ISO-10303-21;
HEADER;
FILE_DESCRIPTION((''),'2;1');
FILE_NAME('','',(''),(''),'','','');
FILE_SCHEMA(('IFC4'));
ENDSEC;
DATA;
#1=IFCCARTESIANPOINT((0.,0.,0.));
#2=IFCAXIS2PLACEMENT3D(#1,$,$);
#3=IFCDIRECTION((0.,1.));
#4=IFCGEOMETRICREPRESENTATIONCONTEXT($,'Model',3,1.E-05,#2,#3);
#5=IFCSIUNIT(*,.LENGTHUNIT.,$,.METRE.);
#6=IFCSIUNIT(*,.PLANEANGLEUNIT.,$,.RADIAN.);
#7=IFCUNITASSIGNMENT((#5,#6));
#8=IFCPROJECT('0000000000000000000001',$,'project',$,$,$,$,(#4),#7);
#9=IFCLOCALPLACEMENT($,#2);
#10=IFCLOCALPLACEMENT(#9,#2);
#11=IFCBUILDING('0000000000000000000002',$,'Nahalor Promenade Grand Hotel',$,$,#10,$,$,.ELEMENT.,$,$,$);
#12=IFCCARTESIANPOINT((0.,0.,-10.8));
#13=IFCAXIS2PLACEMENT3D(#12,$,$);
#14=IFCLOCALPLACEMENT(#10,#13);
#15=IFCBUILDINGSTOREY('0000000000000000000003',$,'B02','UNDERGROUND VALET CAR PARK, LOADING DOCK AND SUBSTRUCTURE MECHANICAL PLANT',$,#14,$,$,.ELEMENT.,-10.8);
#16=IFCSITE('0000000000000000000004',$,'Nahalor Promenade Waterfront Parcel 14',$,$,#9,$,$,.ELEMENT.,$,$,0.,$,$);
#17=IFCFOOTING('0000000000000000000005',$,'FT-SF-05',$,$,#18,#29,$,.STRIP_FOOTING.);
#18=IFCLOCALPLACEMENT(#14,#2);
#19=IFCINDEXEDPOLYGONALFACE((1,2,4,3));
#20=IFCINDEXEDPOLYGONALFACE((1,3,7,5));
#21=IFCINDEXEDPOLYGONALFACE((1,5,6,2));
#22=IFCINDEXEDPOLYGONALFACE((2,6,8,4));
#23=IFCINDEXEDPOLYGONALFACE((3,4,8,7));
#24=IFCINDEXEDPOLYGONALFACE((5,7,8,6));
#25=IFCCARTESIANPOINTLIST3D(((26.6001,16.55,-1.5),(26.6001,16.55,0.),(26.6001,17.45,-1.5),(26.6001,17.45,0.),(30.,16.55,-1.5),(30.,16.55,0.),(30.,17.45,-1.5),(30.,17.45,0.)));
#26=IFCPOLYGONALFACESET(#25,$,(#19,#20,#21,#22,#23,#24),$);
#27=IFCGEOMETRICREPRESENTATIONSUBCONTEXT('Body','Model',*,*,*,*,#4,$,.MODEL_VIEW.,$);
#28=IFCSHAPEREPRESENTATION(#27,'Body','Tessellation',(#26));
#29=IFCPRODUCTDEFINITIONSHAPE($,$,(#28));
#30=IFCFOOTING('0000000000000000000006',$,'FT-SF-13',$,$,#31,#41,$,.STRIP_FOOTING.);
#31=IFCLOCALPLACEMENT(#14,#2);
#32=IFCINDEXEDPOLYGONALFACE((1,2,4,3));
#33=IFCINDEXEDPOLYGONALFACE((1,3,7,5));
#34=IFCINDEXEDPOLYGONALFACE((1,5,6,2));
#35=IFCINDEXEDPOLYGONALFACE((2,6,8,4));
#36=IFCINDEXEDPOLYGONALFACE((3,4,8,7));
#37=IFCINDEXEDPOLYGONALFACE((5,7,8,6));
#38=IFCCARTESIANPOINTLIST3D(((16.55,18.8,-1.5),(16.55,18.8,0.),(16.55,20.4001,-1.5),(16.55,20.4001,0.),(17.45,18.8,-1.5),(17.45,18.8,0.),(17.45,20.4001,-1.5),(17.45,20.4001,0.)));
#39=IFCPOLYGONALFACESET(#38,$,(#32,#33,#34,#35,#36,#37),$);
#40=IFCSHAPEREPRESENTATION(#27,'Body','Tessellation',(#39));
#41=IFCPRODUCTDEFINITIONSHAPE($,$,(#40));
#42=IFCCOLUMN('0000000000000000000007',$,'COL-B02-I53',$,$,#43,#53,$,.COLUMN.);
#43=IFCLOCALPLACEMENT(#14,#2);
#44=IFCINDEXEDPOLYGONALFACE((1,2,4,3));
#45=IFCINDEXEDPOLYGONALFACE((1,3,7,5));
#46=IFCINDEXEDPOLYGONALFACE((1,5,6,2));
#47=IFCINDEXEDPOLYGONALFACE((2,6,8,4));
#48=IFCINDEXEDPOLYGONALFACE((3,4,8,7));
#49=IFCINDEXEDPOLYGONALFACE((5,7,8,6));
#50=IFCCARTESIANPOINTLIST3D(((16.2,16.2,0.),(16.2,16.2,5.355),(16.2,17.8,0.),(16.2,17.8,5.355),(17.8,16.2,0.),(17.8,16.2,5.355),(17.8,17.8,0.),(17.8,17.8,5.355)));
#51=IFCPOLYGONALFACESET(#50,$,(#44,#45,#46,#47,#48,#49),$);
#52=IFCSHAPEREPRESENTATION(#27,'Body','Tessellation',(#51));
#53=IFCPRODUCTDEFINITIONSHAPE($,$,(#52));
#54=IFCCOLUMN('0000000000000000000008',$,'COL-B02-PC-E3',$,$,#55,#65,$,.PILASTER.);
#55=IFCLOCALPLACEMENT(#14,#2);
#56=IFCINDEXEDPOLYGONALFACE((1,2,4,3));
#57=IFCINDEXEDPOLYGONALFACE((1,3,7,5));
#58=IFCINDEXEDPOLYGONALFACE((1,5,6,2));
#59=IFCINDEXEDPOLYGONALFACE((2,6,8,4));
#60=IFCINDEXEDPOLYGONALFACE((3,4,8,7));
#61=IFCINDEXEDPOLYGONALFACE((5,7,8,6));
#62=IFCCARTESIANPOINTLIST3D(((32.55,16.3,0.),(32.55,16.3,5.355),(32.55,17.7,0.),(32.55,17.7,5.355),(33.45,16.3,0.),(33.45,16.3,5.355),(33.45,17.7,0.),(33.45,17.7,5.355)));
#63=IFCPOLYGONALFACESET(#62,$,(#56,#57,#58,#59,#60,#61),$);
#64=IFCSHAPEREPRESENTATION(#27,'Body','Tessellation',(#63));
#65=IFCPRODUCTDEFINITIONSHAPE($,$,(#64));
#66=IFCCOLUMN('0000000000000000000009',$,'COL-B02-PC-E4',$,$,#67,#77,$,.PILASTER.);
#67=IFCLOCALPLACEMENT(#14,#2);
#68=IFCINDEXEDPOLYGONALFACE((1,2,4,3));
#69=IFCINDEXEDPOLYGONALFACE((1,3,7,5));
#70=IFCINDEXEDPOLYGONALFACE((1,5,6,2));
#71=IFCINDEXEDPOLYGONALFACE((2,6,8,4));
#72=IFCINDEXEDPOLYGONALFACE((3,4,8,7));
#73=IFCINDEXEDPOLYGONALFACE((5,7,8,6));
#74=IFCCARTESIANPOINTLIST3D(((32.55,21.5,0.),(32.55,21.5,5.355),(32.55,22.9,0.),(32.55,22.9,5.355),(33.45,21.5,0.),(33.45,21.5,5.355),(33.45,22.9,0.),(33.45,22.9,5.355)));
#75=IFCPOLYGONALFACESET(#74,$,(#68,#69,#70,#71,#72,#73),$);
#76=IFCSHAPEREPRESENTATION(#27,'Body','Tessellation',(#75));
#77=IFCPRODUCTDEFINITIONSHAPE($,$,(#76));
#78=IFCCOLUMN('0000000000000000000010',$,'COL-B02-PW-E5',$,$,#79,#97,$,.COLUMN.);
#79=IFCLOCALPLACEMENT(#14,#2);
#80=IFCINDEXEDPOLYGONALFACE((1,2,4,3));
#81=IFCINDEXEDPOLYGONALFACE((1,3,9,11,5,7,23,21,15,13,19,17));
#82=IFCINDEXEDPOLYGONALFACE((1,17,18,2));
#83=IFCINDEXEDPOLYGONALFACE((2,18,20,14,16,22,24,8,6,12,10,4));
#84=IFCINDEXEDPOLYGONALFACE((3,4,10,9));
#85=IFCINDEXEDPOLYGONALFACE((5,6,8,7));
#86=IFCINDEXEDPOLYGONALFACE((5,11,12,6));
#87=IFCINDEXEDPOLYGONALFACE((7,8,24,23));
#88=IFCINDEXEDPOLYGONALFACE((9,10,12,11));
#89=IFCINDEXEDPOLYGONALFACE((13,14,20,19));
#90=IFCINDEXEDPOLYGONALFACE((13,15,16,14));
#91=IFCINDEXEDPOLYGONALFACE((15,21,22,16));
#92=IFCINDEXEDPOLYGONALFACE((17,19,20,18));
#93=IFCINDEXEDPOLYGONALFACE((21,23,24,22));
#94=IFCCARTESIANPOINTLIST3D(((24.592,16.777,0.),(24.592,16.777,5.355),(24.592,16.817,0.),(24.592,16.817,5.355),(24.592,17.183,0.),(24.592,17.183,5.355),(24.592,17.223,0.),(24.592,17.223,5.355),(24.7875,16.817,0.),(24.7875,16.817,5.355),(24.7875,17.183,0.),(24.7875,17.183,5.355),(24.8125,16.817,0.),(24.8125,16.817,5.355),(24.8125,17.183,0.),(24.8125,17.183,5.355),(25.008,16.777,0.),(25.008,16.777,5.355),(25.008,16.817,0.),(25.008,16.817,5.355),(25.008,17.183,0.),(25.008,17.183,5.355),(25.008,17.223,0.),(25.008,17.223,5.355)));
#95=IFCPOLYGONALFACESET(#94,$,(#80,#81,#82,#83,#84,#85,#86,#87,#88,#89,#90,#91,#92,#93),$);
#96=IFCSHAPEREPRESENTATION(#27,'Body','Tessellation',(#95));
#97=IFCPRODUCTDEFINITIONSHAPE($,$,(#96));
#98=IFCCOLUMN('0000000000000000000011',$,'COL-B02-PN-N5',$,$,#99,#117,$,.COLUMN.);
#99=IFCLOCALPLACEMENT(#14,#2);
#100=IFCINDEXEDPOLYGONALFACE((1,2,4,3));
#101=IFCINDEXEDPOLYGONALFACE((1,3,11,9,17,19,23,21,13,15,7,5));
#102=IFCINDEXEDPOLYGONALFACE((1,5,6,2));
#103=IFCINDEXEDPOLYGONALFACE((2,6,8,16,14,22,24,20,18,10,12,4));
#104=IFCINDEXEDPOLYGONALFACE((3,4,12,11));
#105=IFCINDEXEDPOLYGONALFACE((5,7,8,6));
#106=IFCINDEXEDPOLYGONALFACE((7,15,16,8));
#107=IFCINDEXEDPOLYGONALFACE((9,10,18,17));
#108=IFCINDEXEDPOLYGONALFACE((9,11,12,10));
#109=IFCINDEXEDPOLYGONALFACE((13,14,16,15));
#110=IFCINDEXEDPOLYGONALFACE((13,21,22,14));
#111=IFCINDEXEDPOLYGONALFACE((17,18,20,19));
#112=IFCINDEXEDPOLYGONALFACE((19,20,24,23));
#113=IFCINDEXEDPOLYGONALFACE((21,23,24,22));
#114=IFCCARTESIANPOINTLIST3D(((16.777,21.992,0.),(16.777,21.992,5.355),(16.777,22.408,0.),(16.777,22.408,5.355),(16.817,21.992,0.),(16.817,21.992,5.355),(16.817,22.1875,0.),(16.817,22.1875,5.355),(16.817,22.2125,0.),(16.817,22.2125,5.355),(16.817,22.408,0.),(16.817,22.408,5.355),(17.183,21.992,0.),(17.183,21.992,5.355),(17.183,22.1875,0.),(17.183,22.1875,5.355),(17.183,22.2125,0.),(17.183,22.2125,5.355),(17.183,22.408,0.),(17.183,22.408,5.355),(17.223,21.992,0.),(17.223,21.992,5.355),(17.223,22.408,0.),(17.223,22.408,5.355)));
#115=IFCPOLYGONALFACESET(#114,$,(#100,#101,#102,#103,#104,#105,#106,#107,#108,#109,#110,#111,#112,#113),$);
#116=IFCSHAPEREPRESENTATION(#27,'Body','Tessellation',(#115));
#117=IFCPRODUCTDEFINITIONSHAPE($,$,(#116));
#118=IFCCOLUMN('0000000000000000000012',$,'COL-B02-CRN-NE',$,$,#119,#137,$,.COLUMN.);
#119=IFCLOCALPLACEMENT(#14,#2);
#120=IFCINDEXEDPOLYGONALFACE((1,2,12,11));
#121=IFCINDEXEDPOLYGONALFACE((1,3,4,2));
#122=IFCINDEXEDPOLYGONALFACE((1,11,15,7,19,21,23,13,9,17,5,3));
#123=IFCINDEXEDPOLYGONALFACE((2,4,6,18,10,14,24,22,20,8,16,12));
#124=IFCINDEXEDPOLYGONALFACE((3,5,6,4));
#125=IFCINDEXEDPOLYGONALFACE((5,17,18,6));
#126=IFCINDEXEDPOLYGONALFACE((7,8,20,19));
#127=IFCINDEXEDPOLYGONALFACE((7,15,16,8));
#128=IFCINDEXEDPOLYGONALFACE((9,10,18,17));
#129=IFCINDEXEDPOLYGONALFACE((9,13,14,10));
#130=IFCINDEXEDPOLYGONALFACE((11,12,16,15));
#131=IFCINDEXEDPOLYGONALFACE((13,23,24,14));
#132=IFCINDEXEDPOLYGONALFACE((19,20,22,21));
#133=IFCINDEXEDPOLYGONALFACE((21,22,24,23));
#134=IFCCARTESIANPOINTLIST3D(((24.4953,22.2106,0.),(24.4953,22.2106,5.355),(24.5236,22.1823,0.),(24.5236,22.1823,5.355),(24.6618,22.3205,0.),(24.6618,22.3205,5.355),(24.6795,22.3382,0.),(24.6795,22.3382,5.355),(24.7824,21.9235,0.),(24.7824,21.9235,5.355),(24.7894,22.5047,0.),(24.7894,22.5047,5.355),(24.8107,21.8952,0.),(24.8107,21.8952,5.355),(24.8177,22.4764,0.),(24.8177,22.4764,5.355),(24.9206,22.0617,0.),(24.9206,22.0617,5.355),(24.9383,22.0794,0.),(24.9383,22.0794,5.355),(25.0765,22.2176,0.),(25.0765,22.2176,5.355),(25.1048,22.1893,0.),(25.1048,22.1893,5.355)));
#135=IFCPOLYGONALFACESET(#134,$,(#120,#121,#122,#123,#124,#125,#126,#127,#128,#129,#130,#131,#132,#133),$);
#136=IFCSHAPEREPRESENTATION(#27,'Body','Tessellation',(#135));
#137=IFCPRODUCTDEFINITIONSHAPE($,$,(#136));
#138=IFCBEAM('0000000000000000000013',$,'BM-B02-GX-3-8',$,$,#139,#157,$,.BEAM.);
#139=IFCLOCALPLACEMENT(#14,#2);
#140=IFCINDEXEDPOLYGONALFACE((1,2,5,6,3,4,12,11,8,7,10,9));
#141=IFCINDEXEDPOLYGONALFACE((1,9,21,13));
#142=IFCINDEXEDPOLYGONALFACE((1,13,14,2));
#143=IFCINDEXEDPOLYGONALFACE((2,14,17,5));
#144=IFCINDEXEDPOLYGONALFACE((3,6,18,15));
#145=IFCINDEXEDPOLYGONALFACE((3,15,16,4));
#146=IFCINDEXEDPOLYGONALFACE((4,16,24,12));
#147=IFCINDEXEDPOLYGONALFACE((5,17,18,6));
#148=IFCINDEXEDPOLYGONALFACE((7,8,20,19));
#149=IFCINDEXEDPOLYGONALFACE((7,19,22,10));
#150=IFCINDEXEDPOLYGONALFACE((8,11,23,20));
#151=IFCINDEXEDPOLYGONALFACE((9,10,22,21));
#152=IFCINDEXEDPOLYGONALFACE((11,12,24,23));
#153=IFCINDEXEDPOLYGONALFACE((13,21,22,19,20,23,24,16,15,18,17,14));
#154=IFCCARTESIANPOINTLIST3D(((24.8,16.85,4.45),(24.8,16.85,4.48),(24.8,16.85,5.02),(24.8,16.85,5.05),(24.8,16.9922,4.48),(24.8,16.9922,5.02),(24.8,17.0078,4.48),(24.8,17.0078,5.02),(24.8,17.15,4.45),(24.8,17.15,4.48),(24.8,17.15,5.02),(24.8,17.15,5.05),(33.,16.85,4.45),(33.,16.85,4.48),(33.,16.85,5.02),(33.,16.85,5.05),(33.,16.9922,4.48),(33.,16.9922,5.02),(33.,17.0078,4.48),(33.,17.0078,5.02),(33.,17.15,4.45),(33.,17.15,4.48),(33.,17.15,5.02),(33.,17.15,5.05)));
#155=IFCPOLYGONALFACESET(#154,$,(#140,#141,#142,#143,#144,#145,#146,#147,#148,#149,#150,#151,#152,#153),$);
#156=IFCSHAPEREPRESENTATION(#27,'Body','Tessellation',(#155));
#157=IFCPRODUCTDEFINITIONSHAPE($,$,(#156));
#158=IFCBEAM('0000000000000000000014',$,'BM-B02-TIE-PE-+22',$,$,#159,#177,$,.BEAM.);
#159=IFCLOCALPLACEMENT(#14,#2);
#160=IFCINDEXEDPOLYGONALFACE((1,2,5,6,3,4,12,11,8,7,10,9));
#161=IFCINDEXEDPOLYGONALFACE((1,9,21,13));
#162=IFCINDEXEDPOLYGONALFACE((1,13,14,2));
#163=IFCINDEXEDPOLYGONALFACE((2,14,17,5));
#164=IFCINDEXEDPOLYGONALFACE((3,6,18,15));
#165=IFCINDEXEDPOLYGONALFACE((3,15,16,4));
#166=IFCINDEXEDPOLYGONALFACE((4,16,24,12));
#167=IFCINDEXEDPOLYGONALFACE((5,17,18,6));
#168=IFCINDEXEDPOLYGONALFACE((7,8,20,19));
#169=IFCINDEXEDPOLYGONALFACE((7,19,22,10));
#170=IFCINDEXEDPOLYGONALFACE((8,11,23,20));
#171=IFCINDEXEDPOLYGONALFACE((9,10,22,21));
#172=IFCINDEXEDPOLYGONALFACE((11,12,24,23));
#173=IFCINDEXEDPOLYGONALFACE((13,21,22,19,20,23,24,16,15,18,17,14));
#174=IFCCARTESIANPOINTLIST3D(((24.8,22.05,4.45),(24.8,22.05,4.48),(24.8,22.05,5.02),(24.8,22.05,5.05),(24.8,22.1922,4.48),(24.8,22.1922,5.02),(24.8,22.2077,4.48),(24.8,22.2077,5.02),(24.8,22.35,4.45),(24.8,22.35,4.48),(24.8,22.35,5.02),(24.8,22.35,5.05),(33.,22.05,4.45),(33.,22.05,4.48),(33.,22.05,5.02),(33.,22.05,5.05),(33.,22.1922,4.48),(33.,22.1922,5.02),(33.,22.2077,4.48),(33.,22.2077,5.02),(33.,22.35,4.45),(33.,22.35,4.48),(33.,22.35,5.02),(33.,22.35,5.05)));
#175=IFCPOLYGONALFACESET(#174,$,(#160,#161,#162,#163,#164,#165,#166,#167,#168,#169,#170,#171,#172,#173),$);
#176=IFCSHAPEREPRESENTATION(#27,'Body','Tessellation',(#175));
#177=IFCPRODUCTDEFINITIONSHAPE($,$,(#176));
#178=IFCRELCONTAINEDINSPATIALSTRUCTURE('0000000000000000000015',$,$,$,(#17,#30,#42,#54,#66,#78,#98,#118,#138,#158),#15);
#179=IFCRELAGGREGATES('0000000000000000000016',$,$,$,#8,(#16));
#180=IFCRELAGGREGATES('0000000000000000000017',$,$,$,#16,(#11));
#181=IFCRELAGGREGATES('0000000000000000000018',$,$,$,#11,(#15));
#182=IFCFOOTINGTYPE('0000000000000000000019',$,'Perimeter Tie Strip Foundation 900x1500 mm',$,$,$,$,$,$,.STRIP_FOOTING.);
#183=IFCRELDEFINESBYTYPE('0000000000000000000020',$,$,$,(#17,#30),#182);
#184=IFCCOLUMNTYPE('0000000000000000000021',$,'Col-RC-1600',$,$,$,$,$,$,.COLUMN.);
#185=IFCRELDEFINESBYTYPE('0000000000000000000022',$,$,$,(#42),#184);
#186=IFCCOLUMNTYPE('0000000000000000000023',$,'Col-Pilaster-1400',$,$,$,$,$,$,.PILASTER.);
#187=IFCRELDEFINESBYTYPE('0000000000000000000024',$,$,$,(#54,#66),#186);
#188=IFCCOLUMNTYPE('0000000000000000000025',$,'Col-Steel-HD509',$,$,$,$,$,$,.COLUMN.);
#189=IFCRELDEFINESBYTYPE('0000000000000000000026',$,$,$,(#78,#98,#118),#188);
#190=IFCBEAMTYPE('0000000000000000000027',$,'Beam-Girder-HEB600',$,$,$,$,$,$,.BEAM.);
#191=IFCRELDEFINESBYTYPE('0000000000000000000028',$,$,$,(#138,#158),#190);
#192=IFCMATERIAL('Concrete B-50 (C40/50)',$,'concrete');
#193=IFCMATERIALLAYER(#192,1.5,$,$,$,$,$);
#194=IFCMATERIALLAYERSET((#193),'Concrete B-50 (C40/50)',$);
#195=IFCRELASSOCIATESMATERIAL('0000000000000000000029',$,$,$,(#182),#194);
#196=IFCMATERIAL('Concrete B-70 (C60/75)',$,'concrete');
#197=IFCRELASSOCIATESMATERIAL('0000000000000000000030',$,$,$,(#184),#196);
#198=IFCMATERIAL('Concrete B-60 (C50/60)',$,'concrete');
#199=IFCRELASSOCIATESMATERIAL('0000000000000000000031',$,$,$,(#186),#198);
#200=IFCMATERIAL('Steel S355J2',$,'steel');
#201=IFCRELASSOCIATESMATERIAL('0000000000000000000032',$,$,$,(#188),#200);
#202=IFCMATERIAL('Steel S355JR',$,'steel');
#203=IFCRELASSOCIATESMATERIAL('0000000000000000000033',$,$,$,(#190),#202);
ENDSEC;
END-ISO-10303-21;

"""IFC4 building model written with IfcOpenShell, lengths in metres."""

from ifc_helpers import new_model, si_unit, direction, frame, origin, origin_2d, place, context, subcontext, project, spatial, rectangle, i_section, extrude, source, transform, mapped, material, layer, layer_set, material_profile, profile_set, type_object, element, save


model = new_model("IFC4")

# Units and contexts
model_context = context("Model", 3, precision=1e-05, world=origin(), true_north=direction((0.0, 1.0)))
body_context = subcontext(model_context, "Body", "Model", "MODEL_VIEW")
ifc_project = project(units=[si_unit("LENGTHUNIT", "METRE"), si_unit("PLANEANGLEUNIT", "RADIAN")], contexts=[model_context])

# Site, building, storey
site_placement = place(None, origin())
site = spatial("IfcSite", under=ifc_project, at=site_placement, Name="Nahalor Promenade Waterfront Parcel 14", CompositionType="ELEMENT", RefElevation=0.0)
building_placement = place(site_placement, origin())
building = spatial("IfcBuilding", under=site, at=building_placement, Name="Nahalor Promenade Grand Hotel", CompositionType="ELEMENT")
storey_placement = place(building_placement, frame((0.0, 0.0, -10.8)))
storey = spatial("IfcBuildingStorey", under=building, at=storey_placement, Name="B02", Description="UNDERGROUND VALET CAR PARK, LOADING DOCK AND SUBSTRUCTURE MECHANICAL PLANT", CompositionType="ELEMENT", Elevation=-10.8)

# Shared definitions
ifc_material_1 = material(Name="Concrete B-50 (C40/50)", Category="concrete")

# Footings
ifc_layer_1 = layer(ifc_material_1, 1.5)
ifc_layer_set_1 = layer_set([ifc_layer_1], Name="Concrete B-50 (C40/50)")
footing_type_1 = type_object("IfcFootingType", Name="Perimeter Tie Strip Foundation 900x1500 mm", PredefinedType="STRIP_FOOTING", material=ifc_layer_set_1)
shared_shape_1 = source(origin(), body_context, "Body", "SweptSolid", [
    extrude(rectangle(XDim=3.3999, YDim=0.8999, at=origin_2d()), origin(), (0.0, 0.0, 1.0), 1.5),
])
footing_1_placement = place(storey_placement, frame((28.3, 17.0, -1.5), z_axis=(0.0, 0.0, 1.0), x_axis=(1.0, 0.0, 0.0)))
element("IfcFooting", 1, at=footing_1_placement, inside=storey, type_object=footing_type_1, Name="FT-SF-05", PredefinedType="STRIP_FOOTING", context=body_context, shape_type="MappedRepresentation", body=[
    mapped(shared_shape_1, transform((0.0, 0.0, 0.0), scale=1.0)),
])
shared_shape_2 = source(origin(), body_context, "Body", "SweptSolid", [
    extrude(rectangle(XDim=0.8999, YDim=1.6001, at=origin_2d()), origin(), (0.0, 0.0, 1.0), 1.5),
])
footing_2_placement = place(storey_placement, frame((17.0, 19.6001, -1.5), z_axis=(0.0, 0.0, 1.0), x_axis=(1.0, 0.0, 0.0)))
element("IfcFooting", 2, at=footing_2_placement, inside=storey, type_object=footing_type_1, Name="FT-SF-13", PredefinedType="STRIP_FOOTING", context=body_context, shape_type="MappedRepresentation", body=[
    mapped(shared_shape_2, transform((0.0, 0.0, 0.0), scale=1.0)),
])

# Columns
ifc_material_2 = material(Name="Concrete B-70 (C60/75)", Category="concrete")
ifc_material_profile_1 = material_profile(ifc_material_2, rectangle(XDim=1.6, YDim=1.6, at=origin_2d()), Name="RC 1600x1600")
ifc_profile_set_1 = profile_set([ifc_material_profile_1], Name="Concrete B-70 (C60/75)")
column_type_1 = type_object("IfcColumnType", Name="Col-RC-1600", PredefinedType="COLUMN", material=ifc_profile_set_1)
shared_shape_3 = source(origin(), body_context, "Body", "SweptSolid", [
    extrude(rectangle(XDim=1.6, YDim=1.6, at=origin_2d()), origin(), (0.0, 0.0, 1.0), 5.355),
])
column_placement = place(storey_placement, frame((17.0, 17.0, 0.0), z_axis=(0.0, 0.0, 1.0), x_axis=(1.0, 0.0, 0.0)))
element("IfcColumn", 3, at=column_placement, inside=storey, type_object=column_type_1, Name="COL-B02-I53", PredefinedType="COLUMN", context=body_context, shape_type="MappedRepresentation", body=[
    mapped(shared_shape_3, transform((0.0, 0.0, 0.0), scale=1.0)),
])
ifc_material_3 = material(Name="Concrete B-60 (C50/60)", Category="concrete")
ifc_material_profile_2 = material_profile(ifc_material_3, rectangle(XDim=0.9, YDim=1.4, at=origin_2d()), Name="RC 900x1400")
ifc_profile_set_2 = profile_set([ifc_material_profile_2], Name="Concrete B-60 (C50/60)")
column_type_2 = type_object("IfcColumnType", Name="Col-Pilaster-1400", PredefinedType="PILASTER", material=ifc_profile_set_2)
shared_shape_4 = source(origin(), body_context, "Body", "SweptSolid", [
    extrude(rectangle(XDim=0.9, YDim=1.4, at=origin_2d()), origin(), (0.0, 0.0, 1.0), 5.355),
])
for number, where, z_axis, x_axis, name in (
    (4, (33.0, 17.0, 0.0), (0.0, 0.0, 1.0), (1.0, 0.0, 0.0), "COL-B02-PC-E3"),
    (5, (33.0, 22.2, 0.0), (0.0, 0.0, 1.0), (1.0, 0.0, 0.0), "COL-B02-PC-E4"),
):
    element("IfcColumn", number, at=place(storey_placement, frame(where, z_axis=z_axis, x_axis=x_axis)), inside=storey, type_object=column_type_2, Name=name, PredefinedType="PILASTER", context=body_context, shape_type="MappedRepresentation", body=[
        mapped(shared_shape_4, transform((0.0, 0.0, 0.0), scale=1.0)),
    ])
ifc_material_4 = material(Name="Steel S355J2", Category="steel")
ifc_material_profile_3 = material_profile(ifc_material_4, i_section(OverallWidth=0.416, OverallDepth=0.446, WebThickness=0.025, FlangeThickness=0.04, at=origin_2d()), Name="HD 400x509")
ifc_profile_set_3 = profile_set([ifc_material_profile_3], Name="Steel S355J2")
column_type_3 = type_object("IfcColumnType", Name="Col-Steel-HD509", PredefinedType="COLUMN", material=ifc_profile_set_3)
shared_shape_5 = source(origin(), body_context, "Body", "SweptSolid", [
    extrude(i_section(OverallWidth=0.416, OverallDepth=0.446, WebThickness=0.025, FlangeThickness=0.04, at=origin_2d()), origin(), (0.0, 0.0, 1.0), 5.355),
])
for number, where, z_axis, x_axis, name in (
    (6, (24.8, 17.0, 0.0), (0.0, 0.0, 1.0), (1.0, 0.0, 0.0), "COL-B02-PW-E5"),
    (7, (17.0, 22.2, 0.0), (0.0, 0.0, 1.0), (0.0, 1.0, 0.0), "COL-B02-PN-N5"),
    (8, (24.8, 22.2, 0.0), (0.0, 0.0, 1.0), (0.707107, 0.707107, 0.0), "COL-B02-CRN-NE"),
):
    element("IfcColumn", number, at=place(storey_placement, frame(where, z_axis=z_axis, x_axis=x_axis)), inside=storey, type_object=column_type_3, Name=name, PredefinedType="COLUMN", context=body_context, shape_type="MappedRepresentation", body=[
        mapped(shared_shape_5, transform((0.0, 0.0, 0.0), scale=1.0)),
    ])

# Beams
ifc_material_5 = material(Name="Steel S355JR", Category="steel")
ifc_material_profile_4 = material_profile(ifc_material_5, i_section(OverallWidth=0.3, OverallDepth=0.6, WebThickness=0.0155, FlangeThickness=0.03, at=origin_2d()), Name="HEB 600")
ifc_profile_set_4 = profile_set([ifc_material_profile_4], Name="Steel S355JR")
beam_type_1 = type_object("IfcBeamType", Name="Beam-Girder-HEB600", PredefinedType="BEAM", material=ifc_profile_set_4)
shared_shape_6 = source(origin(), body_context, "Body", "SweptSolid", [
    extrude(i_section(OverallWidth=0.3, OverallDepth=0.6, WebThickness=0.0155, FlangeThickness=0.03, at=origin_2d()), origin(), (0.0, 0.0, 1.0), 8.2),
])
for number, where, z_axis, x_axis, name in (
    (9, (24.8, 17.0, 4.75), (1.0, 0.0, 0.0), (0.0, 1.0, 0.0), "BM-B02-GX-3-8"),
    (10, (24.8, 22.2, 4.75), (1.0, 0.0, 0.0), (0.0, 1.0, 0.0), "BM-B02-TIE-PE-+22"),
):
    element("IfcBeam", number, at=place(storey_placement, frame(where, z_axis=z_axis, x_axis=x_axis)), inside=storey, type_object=beam_type_1, Name=name, PredefinedType="BEAM", context=body_context, shape_type="MappedRepresentation", body=[
        mapped(shared_shape_6, transform((0.0, 0.0, 0.0), scale=1.0)),
    ])

save(model, "model.ifc")
